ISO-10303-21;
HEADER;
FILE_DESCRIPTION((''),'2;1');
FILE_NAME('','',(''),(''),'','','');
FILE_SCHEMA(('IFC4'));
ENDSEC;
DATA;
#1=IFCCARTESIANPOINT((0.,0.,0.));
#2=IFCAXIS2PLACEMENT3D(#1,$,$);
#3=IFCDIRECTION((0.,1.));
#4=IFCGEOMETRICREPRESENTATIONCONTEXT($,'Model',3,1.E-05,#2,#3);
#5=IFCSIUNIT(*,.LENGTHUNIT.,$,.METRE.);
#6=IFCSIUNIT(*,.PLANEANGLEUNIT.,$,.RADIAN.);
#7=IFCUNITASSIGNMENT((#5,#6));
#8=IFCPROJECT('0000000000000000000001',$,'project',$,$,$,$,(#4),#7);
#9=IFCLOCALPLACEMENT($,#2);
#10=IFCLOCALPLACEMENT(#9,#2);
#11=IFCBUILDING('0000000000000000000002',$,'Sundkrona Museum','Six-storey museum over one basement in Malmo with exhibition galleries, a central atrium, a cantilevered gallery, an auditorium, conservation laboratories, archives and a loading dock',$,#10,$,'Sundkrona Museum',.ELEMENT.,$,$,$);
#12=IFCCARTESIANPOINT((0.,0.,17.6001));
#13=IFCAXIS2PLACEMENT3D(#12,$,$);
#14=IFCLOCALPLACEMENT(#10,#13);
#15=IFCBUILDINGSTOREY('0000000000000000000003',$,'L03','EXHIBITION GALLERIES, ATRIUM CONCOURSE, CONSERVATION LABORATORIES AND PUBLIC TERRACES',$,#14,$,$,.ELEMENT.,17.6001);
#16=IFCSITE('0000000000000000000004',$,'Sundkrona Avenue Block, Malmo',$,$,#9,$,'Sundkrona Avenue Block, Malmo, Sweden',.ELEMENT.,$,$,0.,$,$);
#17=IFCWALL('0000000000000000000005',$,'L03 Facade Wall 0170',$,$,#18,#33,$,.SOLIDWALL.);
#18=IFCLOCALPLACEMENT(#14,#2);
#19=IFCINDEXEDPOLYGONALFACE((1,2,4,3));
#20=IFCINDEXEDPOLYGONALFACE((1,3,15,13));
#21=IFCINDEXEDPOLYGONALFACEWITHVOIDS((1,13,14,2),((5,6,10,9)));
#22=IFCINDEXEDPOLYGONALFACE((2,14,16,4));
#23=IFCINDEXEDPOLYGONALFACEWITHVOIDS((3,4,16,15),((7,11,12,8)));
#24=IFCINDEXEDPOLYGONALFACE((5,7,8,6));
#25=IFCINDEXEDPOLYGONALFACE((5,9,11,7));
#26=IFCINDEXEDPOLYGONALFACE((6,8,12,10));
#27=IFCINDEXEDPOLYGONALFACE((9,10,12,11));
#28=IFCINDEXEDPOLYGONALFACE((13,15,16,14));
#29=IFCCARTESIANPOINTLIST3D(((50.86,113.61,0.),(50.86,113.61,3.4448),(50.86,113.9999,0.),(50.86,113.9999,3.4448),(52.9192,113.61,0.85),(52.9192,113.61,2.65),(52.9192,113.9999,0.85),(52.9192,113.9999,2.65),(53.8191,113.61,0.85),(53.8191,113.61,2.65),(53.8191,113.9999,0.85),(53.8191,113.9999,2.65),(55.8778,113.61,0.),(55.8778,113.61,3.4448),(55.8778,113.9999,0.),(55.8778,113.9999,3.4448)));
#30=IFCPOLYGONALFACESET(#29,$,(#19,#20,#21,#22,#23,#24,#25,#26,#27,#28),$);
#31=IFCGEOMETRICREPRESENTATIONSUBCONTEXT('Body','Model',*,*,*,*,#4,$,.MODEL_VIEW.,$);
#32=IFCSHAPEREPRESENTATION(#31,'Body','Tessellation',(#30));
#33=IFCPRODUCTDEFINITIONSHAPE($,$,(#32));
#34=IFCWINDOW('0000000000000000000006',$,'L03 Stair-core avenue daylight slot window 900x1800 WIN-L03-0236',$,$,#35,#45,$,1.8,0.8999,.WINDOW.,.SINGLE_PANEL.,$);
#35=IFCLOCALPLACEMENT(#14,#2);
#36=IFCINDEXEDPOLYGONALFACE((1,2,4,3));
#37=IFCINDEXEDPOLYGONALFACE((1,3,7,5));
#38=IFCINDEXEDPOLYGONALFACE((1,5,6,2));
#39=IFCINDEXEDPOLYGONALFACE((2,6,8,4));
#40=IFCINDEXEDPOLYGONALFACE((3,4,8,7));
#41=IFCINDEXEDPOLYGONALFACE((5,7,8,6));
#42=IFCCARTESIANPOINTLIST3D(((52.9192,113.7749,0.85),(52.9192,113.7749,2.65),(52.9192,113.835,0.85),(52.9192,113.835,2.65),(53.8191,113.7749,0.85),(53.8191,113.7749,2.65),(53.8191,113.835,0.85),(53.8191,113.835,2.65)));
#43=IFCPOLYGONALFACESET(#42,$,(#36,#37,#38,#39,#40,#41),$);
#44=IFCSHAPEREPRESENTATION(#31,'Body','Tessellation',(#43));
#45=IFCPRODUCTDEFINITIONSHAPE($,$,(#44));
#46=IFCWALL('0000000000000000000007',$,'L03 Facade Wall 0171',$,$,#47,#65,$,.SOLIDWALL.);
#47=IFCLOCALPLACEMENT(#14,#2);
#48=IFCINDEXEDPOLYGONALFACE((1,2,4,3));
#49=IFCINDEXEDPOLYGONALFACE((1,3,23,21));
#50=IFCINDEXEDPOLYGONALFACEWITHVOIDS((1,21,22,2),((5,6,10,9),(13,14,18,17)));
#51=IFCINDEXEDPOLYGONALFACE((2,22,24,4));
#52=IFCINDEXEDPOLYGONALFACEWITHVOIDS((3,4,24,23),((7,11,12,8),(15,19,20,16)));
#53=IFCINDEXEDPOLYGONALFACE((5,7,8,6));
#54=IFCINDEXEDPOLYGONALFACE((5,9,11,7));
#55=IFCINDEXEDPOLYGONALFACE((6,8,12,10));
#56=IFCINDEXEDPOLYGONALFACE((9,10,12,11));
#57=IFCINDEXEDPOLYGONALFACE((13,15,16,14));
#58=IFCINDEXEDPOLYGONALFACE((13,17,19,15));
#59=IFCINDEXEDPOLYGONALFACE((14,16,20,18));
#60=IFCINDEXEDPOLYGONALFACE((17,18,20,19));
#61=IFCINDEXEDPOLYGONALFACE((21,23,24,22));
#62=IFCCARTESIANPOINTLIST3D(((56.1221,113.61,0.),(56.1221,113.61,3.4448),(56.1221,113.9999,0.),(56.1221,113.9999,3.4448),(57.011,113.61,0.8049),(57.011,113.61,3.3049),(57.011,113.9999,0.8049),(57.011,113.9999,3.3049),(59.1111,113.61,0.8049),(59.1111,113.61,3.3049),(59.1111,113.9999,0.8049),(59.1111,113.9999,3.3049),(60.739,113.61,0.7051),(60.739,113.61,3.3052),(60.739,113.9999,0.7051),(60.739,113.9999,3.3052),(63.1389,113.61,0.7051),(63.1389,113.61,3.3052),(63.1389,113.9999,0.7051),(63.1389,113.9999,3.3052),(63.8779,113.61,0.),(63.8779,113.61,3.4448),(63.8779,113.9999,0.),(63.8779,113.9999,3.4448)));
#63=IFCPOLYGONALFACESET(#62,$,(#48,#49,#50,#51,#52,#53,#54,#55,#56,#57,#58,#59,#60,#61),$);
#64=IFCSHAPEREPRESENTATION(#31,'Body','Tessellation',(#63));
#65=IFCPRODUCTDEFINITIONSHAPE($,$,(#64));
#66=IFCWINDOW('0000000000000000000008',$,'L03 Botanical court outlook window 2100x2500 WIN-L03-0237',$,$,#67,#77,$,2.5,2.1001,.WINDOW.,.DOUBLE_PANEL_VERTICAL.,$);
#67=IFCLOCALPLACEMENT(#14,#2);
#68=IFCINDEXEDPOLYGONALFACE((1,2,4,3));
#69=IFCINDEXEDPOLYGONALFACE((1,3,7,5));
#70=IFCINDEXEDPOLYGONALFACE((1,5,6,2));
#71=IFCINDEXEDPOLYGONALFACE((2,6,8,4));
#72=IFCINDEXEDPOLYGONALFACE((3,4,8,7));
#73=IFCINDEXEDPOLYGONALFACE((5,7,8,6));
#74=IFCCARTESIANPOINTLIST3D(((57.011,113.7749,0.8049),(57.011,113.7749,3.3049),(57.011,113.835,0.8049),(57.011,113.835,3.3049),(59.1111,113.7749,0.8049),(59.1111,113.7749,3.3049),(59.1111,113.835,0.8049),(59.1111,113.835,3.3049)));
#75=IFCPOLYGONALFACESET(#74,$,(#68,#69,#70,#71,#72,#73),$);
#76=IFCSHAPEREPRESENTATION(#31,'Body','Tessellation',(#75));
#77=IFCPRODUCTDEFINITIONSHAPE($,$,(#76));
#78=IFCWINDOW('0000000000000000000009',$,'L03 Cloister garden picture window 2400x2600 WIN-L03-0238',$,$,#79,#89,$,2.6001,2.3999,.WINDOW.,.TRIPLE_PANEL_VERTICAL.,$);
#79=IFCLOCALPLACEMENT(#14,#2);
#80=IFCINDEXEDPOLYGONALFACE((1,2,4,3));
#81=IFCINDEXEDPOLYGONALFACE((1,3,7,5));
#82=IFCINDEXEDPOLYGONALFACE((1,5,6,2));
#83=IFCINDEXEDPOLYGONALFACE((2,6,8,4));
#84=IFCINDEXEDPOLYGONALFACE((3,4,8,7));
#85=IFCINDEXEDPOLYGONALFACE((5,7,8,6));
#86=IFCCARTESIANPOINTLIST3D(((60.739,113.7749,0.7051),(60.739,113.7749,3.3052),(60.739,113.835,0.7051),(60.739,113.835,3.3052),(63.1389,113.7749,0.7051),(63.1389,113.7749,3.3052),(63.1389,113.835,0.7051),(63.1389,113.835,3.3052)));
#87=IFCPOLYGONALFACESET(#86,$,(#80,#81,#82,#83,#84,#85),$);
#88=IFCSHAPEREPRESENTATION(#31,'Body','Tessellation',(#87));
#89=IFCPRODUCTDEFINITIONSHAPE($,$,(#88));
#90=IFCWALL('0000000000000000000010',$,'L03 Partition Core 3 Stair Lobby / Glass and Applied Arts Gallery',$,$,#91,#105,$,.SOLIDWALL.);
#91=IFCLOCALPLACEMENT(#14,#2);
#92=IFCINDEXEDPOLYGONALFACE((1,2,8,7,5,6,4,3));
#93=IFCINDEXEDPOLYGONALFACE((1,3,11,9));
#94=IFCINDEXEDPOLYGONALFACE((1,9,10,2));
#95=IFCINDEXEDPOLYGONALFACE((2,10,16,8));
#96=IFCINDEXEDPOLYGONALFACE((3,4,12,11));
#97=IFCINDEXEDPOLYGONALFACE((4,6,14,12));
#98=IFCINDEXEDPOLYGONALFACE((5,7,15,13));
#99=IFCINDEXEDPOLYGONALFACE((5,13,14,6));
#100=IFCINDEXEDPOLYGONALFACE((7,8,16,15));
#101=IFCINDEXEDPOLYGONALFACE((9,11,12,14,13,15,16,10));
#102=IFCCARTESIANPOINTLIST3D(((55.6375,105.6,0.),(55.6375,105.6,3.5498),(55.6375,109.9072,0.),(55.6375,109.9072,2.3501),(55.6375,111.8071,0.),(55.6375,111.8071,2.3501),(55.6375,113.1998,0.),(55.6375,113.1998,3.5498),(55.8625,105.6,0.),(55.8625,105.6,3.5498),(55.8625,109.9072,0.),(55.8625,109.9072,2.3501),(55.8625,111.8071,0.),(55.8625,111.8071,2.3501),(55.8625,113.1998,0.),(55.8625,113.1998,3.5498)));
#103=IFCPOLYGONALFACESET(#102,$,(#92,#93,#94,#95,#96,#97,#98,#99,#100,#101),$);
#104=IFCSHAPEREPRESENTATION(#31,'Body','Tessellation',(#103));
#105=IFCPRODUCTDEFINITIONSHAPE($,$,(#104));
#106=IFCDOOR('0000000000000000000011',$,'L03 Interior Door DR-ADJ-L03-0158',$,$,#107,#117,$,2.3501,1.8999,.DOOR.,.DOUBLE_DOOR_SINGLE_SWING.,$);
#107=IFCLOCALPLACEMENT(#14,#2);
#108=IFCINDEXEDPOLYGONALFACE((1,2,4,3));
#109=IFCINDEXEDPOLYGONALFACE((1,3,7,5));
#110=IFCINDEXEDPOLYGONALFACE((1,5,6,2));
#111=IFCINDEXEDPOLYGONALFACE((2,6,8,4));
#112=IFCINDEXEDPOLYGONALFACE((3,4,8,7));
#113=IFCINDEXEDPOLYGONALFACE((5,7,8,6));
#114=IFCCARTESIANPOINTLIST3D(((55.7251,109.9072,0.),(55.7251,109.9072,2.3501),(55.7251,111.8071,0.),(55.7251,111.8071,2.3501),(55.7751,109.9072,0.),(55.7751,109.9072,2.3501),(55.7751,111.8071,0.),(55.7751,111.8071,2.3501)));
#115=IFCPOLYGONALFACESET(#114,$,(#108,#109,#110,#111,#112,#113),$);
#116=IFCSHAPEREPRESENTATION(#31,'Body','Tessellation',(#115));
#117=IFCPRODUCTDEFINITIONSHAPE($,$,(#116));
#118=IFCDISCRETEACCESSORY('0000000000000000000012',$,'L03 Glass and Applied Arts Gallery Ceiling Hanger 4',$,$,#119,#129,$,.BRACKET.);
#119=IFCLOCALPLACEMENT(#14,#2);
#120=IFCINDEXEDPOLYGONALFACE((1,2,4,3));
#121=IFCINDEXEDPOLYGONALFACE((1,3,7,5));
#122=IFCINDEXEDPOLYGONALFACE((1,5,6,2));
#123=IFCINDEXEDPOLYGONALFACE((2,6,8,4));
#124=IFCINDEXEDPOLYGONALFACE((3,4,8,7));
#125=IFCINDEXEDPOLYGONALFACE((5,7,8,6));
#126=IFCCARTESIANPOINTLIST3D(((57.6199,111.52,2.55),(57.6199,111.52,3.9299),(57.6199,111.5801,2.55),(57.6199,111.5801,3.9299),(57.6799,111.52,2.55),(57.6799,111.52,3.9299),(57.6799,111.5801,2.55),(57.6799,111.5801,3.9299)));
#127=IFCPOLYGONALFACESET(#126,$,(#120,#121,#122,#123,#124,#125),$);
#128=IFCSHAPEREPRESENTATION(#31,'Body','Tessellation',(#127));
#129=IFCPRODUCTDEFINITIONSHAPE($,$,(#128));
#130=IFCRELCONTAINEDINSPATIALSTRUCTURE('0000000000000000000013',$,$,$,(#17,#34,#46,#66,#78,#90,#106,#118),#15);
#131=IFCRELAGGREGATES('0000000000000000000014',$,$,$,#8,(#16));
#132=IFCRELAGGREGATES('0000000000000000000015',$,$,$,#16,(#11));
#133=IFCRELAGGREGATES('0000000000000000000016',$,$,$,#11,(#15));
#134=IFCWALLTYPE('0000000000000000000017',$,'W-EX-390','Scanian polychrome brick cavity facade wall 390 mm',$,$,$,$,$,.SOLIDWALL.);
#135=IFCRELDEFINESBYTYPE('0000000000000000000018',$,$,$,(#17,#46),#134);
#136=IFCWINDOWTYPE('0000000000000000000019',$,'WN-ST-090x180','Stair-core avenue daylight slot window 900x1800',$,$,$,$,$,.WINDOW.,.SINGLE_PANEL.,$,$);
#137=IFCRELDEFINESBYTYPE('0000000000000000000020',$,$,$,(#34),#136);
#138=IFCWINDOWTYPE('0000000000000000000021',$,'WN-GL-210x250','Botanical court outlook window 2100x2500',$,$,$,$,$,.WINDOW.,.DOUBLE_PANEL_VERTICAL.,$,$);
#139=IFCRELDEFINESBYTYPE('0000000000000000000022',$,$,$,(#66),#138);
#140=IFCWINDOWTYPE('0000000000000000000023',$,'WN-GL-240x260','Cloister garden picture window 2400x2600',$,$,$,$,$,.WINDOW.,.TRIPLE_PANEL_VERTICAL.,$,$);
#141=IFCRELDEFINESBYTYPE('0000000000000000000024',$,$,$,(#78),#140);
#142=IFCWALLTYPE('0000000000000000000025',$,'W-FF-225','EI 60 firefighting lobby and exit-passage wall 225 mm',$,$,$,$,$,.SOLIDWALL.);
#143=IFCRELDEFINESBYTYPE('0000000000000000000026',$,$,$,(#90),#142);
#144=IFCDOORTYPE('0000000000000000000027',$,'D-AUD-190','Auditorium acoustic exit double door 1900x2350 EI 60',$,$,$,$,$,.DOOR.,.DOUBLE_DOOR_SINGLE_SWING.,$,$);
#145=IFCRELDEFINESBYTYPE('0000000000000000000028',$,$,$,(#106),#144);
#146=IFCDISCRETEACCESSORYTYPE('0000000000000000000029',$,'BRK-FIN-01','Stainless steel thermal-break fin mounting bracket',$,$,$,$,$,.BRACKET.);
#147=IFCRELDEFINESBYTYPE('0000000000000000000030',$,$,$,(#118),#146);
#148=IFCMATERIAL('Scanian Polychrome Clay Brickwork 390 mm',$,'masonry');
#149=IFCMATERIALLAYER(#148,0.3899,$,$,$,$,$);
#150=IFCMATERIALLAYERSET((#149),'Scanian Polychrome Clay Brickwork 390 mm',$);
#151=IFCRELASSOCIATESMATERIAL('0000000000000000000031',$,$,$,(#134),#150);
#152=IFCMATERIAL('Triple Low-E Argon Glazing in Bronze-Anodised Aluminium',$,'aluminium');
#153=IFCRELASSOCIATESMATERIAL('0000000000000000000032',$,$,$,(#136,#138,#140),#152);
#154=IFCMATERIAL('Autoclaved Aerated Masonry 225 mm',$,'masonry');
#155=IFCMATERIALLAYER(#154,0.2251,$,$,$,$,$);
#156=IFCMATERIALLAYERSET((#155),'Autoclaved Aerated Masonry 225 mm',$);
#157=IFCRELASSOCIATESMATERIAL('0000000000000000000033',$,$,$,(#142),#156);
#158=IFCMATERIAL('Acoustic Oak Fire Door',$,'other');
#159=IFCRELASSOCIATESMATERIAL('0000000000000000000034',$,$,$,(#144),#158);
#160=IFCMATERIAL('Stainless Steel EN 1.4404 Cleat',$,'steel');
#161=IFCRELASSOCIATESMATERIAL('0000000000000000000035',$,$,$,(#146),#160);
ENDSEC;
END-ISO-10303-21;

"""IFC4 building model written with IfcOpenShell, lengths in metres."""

from ifc_helpers import new_model, si_unit, direction, frame, frame_2d, origin, origin_2d, place, context, subcontext, project, spatial, rectangle, extrude, material, layer, layer_set, type_object, element, fill, save


model = new_model("IFC4")

# Units and contexts
model_context = context("Model", 3, precision=1e-05, world=origin(), true_north=direction((0.0, 1.0)))
body_context = subcontext(model_context, "Body", "Model", "MODEL_VIEW")
ifc_project = project(units=[si_unit("LENGTHUNIT", "METRE"), si_unit("PLANEANGLEUNIT", "RADIAN")], contexts=[model_context])

# Site, building, storey
site_placement = place(None, origin())
site = spatial("IfcSite", under=ifc_project, at=site_placement, Name="Sundkrona Avenue Block, Malmo", LongName="Sundkrona Avenue Block, Malmo, Sweden", CompositionType="ELEMENT", RefElevation=0.0)
building_placement = place(site_placement, origin())
building = spatial("IfcBuilding", under=site, at=building_placement, Name="Sundkrona Museum", Description="Six-storey museum over one basement in Malmo with exhibition galleries, a central atrium, a cantilevered gallery, an auditorium, conservation laboratories, archives and a loading dock", LongName="Sundkrona Museum", CompositionType="ELEMENT")
storey_placement = place(building_placement, frame((0.0, 0.0, 17.6001)))
storey = spatial("IfcBuildingStorey", under=building, at=storey_placement, Name="L03", Description="EXHIBITION GALLERIES, ATRIUM CONCOURSE, CONSERVATION LABORATORIES AND PUBLIC TERRACES", CompositionType="ELEMENT", Elevation=17.6001)

# Wall, opening, window
ifc_material_1 = material(Name="Scanian Polychrome Clay Brickwork 390 mm", Category="masonry")
ifc_layer_1 = layer(ifc_material_1, 0.3899)
ifc_layer_set_1 = layer_set([ifc_layer_1], Name="Scanian Polychrome Clay Brickwork 390 mm")
wall_type_1 = type_object("IfcWallType", Name="W-EX-390", Description="Scanian polychrome brick cavity facade wall 390 mm", PredefinedType="SOLIDWALL", material=ifc_layer_set_1)
wall_1_placement = place(storey_placement, frame((50.8601, 113.8049, 0.0), z_axis=(0.0, 0.0, 1.0), x_axis=(1.0, 0.0, 0.0)))
wall_1 = element("IfcWall", 1, at=wall_1_placement, inside=storey, type_object=wall_type_1, Name="L03 Facade Wall 0170", PredefinedType="SOLIDWALL", context=body_context, shape_type="SweptSolid", body=[
    extrude(rectangle(XDim=5.0178, YDim=0.3899, at=frame_2d((2.5088, 0.0))), origin(), (0.0, 0.0, 1.0), 3.4448),
])
opening_1_placement = place(wall_1_placement, frame((2.0591, 0.0, 0.8501)))
opening_1 = element("IfcOpeningElement", 2, at=opening_1_placement, cuts=wall_1, PredefinedType="OPENING", context=body_context, shape_type="SweptSolid", body=[
    extrude(rectangle(XDim=0.8999, YDim=1.8, at=frame_2d((0.45, 0.8999))), frame((0.0, 0.2048, 0.0), z_axis=(0.0, -1.0, 0.0), x_axis=(1.0, 0.0, 0.0)), (0.0, 0.0, 1.0), 0.4099),
])
ifc_material_2 = material(Name="Triple Low-E Argon Glazing in Bronze-Anodised Aluminium", Category="aluminium")
window_type_1 = type_object("IfcWindowType", Name="WN-ST-090x180", Description="Stair-core avenue daylight slot window 900x1800", PartitioningType="SINGLE_PANEL", PredefinedType="WINDOW", material=ifc_material_2)
window_1_placement = place(opening_1_placement, origin())
window_1 = element("IfcWindow", 3, at=window_1_placement, inside=storey, type_object=window_type_1, Name="L03 Stair-core avenue daylight slot window 900x1800 WIN-L03-0236", OverallHeight=1.8, OverallWidth=0.8999, PartitioningType="SINGLE_PANEL", PredefinedType="WINDOW", context=body_context, shape_type="SweptSolid", body=[
    extrude(rectangle(XDim=0.8999, YDim=1.8, at=frame_2d((0.45, 0.8999))), frame((0.0, 0.03, 0.0), z_axis=(0.0, -1.0, 0.0), x_axis=(1.0, 0.0, 0.0)), (0.0, 0.0, 1.0), 0.0601),
])
fill(opening_1, window_1)

# Wall, openings, windows
wall_2_placement = place(storey_placement, frame((56.1221, 113.8049, 0.0), z_axis=(0.0, 0.0, 1.0), x_axis=(1.0, 0.0, 0.0)))
wall_2 = element("IfcWall", 4, at=wall_2_placement, inside=storey, type_object=wall_type_1, Name="L03 Facade Wall 0171", PredefinedType="SOLIDWALL", context=body_context, shape_type="SweptSolid", body=[
    extrude(rectangle(XDim=7.7559, YDim=0.3899, at=frame_2d((3.8779, 0.0))), origin(), (0.0, 0.0, 1.0), 3.4448),
])
opening_2_placement = place(wall_2_placement, frame((0.8889, 0.0, 0.8049)))
opening_2 = element("IfcOpeningElement", 5, at=opening_2_placement, cuts=wall_2, PredefinedType="OPENING", context=body_context, shape_type="SweptSolid", body=[
    extrude(rectangle(XDim=2.1001, YDim=2.5, at=frame_2d((1.05, 1.25))), frame((0.0, 0.2048, 0.0), z_axis=(0.0, -1.0, 0.0), x_axis=(1.0, 0.0, 0.0)), (0.0, 0.0, 1.0), 0.4099),
])
opening_3_placement = place(wall_2_placement, frame((4.6169, 0.0, 0.7051)))
opening_3 = element("IfcOpeningElement", 6, at=opening_3_placement, cuts=wall_2, PredefinedType="OPENING", context=body_context, shape_type="SweptSolid", body=[
    extrude(rectangle(XDim=2.3999, YDim=2.6001, at=frame_2d((1.2, 1.3))), frame((0.0, 0.2048, 0.0), z_axis=(0.0, -1.0, 0.0), x_axis=(1.0, 0.0, 0.0)), (0.0, 0.0, 1.0), 0.4099),
])
window_type_2 = type_object("IfcWindowType", Name="WN-GL-210x250", Description="Botanical court outlook window 2100x2500", PartitioningType="DOUBLE_PANEL_VERTICAL", PredefinedType="WINDOW", material=ifc_material_2)
window_2_placement = place(opening_2_placement, origin())
window_2 = element("IfcWindow", 7, at=window_2_placement, inside=storey, type_object=window_type_2, Name="L03 Botanical court outlook window 2100x2500 WIN-L03-0237", OverallHeight=2.5, OverallWidth=2.1001, PartitioningType="DOUBLE_PANEL_VERTICAL", PredefinedType="WINDOW", context=body_context, shape_type="SweptSolid", body=[
    extrude(rectangle(XDim=2.1001, YDim=2.5, at=frame_2d((1.05, 1.25))), frame((0.0, 0.03, 0.0), z_axis=(0.0, -1.0, 0.0), x_axis=(1.0, 0.0, 0.0)), (0.0, 0.0, 1.0), 0.0601),
])
fill(opening_2, window_2)
window_type_3 = type_object("IfcWindowType", Name="WN-GL-240x260", Description="Cloister garden picture window 2400x2600", PartitioningType="TRIPLE_PANEL_VERTICAL", PredefinedType="WINDOW", material=ifc_material_2)
window_3_placement = place(opening_3_placement, origin())
window_3 = element("IfcWindow", 8, at=window_3_placement, inside=storey, type_object=window_type_3, Name="L03 Cloister garden picture window 2400x2600 WIN-L03-0238", OverallHeight=2.6001, OverallWidth=2.3999, PartitioningType="TRIPLE_PANEL_VERTICAL", PredefinedType="WINDOW", context=body_context, shape_type="SweptSolid", body=[
    extrude(rectangle(XDim=2.3999, YDim=2.6001, at=frame_2d((1.2, 1.3))), frame((0.0, 0.03, 0.0), z_axis=(0.0, -1.0, 0.0), x_axis=(1.0, 0.0, 0.0)), (0.0, 0.0, 1.0), 0.0601),
])
fill(opening_3, window_3)

# Wall, opening, door
ifc_material_3 = material(Name="Autoclaved Aerated Masonry 225 mm", Category="masonry")
ifc_layer_2 = layer(ifc_material_3, 0.2251)
ifc_layer_set_2 = layer_set([ifc_layer_2], Name="Autoclaved Aerated Masonry 225 mm")
wall_type_2 = type_object("IfcWallType", Name="W-FF-225", Description="EI 60 firefighting lobby and exit-passage wall 225 mm", PredefinedType="SOLIDWALL", material=ifc_layer_set_2)
wall_3_placement = place(storey_placement, frame((55.75, 105.6001, 0.0), z_axis=(0.0, 0.0, 1.0), x_axis=(0.0, 1.0, 0.0)))
wall_3 = element("IfcWall", 9, at=wall_3_placement, inside=storey, type_object=wall_type_2, Name="L03 Partition Core 3 Stair Lobby / Glass and Applied Arts Gallery", PredefinedType="SOLIDWALL", context=body_context, shape_type="SweptSolid", body=[
    extrude(rectangle(XDim=7.5999, YDim=0.2251, at=frame_2d((3.7998, 0.0))), origin(), (0.0, 0.0, 1.0), 3.5498),
])
opening_4_placement = place(wall_3_placement, frame((4.3071, 0.0, 0.0)))
opening_4 = element("IfcOpeningElement", 10, at=opening_4_placement, cuts=wall_3, PredefinedType="OPENING", context=body_context, shape_type="SweptSolid", body=[
    extrude(rectangle(XDim=1.8999, YDim=2.3501, at=frame_2d((0.95, 1.175))), frame((0.0, 0.1226, 0.0), z_axis=(0.0, -1.0, 0.0), x_axis=(1.0, 0.0, 0.0)), (0.0, 0.0, 1.0), 0.2451),
])
ifc_material_4 = material(Name="Acoustic Oak Fire Door", Category="other")
door_type_1 = type_object("IfcDoorType", Name="D-AUD-190", Description="Auditorium acoustic exit double door 1900x2350 EI 60", OperationType="DOUBLE_DOOR_SINGLE_SWING", PredefinedType="DOOR", material=ifc_material_4)
door_1_placement = place(opening_4_placement, origin())
door_1 = element("IfcDoor", 11, at=door_1_placement, inside=storey, type_object=door_type_1, Name="L03 Interior Door DR-ADJ-L03-0158", OperationType="DOUBLE_DOOR_SINGLE_SWING", OverallHeight=2.3501, OverallWidth=1.8999, PredefinedType="DOOR", context=body_context, shape_type="SweptSolid", body=[
    extrude(rectangle(XDim=1.8999, YDim=2.3501, at=frame_2d((0.95, 1.175))), frame((0.0, 0.0249, 0.0), z_axis=(0.0, -1.0, 0.0), x_axis=(1.0, 0.0, 0.0)), (0.0, 0.0, 1.0), 0.05),
])
fill(opening_4, door_1)

# Discrete accessory
ifc_material_5 = material(Name="Stainless Steel EN 1.4404 Cleat", Category="steel")
discrete_accessory_type = type_object("IfcDiscreteAccessoryType", Name="BRK-FIN-01", Description="Stainless steel thermal-break fin mounting bracket", PredefinedType="BRACKET", material=ifc_material_5)
discrete_accessory_placement = place(storey_placement, frame((57.6499, 111.55, 2.55), z_axis=(0.0, 0.0, 1.0), x_axis=(1.0, 0.0, 0.0)))
element("IfcDiscreteAccessory", 12, at=discrete_accessory_placement, inside=storey, type_object=discrete_accessory_type, Name="L03 Glass and Applied Arts Gallery Ceiling Hanger 4", PredefinedType="BRACKET", context=body_context, shape_type="SweptSolid", body=[
    extrude(rectangle(XDim=0.0601, YDim=0.0601, at=origin_2d()), origin(), (0.0, 0.0, 1.0), 1.3799),
])

save(model, "model.ifc")
